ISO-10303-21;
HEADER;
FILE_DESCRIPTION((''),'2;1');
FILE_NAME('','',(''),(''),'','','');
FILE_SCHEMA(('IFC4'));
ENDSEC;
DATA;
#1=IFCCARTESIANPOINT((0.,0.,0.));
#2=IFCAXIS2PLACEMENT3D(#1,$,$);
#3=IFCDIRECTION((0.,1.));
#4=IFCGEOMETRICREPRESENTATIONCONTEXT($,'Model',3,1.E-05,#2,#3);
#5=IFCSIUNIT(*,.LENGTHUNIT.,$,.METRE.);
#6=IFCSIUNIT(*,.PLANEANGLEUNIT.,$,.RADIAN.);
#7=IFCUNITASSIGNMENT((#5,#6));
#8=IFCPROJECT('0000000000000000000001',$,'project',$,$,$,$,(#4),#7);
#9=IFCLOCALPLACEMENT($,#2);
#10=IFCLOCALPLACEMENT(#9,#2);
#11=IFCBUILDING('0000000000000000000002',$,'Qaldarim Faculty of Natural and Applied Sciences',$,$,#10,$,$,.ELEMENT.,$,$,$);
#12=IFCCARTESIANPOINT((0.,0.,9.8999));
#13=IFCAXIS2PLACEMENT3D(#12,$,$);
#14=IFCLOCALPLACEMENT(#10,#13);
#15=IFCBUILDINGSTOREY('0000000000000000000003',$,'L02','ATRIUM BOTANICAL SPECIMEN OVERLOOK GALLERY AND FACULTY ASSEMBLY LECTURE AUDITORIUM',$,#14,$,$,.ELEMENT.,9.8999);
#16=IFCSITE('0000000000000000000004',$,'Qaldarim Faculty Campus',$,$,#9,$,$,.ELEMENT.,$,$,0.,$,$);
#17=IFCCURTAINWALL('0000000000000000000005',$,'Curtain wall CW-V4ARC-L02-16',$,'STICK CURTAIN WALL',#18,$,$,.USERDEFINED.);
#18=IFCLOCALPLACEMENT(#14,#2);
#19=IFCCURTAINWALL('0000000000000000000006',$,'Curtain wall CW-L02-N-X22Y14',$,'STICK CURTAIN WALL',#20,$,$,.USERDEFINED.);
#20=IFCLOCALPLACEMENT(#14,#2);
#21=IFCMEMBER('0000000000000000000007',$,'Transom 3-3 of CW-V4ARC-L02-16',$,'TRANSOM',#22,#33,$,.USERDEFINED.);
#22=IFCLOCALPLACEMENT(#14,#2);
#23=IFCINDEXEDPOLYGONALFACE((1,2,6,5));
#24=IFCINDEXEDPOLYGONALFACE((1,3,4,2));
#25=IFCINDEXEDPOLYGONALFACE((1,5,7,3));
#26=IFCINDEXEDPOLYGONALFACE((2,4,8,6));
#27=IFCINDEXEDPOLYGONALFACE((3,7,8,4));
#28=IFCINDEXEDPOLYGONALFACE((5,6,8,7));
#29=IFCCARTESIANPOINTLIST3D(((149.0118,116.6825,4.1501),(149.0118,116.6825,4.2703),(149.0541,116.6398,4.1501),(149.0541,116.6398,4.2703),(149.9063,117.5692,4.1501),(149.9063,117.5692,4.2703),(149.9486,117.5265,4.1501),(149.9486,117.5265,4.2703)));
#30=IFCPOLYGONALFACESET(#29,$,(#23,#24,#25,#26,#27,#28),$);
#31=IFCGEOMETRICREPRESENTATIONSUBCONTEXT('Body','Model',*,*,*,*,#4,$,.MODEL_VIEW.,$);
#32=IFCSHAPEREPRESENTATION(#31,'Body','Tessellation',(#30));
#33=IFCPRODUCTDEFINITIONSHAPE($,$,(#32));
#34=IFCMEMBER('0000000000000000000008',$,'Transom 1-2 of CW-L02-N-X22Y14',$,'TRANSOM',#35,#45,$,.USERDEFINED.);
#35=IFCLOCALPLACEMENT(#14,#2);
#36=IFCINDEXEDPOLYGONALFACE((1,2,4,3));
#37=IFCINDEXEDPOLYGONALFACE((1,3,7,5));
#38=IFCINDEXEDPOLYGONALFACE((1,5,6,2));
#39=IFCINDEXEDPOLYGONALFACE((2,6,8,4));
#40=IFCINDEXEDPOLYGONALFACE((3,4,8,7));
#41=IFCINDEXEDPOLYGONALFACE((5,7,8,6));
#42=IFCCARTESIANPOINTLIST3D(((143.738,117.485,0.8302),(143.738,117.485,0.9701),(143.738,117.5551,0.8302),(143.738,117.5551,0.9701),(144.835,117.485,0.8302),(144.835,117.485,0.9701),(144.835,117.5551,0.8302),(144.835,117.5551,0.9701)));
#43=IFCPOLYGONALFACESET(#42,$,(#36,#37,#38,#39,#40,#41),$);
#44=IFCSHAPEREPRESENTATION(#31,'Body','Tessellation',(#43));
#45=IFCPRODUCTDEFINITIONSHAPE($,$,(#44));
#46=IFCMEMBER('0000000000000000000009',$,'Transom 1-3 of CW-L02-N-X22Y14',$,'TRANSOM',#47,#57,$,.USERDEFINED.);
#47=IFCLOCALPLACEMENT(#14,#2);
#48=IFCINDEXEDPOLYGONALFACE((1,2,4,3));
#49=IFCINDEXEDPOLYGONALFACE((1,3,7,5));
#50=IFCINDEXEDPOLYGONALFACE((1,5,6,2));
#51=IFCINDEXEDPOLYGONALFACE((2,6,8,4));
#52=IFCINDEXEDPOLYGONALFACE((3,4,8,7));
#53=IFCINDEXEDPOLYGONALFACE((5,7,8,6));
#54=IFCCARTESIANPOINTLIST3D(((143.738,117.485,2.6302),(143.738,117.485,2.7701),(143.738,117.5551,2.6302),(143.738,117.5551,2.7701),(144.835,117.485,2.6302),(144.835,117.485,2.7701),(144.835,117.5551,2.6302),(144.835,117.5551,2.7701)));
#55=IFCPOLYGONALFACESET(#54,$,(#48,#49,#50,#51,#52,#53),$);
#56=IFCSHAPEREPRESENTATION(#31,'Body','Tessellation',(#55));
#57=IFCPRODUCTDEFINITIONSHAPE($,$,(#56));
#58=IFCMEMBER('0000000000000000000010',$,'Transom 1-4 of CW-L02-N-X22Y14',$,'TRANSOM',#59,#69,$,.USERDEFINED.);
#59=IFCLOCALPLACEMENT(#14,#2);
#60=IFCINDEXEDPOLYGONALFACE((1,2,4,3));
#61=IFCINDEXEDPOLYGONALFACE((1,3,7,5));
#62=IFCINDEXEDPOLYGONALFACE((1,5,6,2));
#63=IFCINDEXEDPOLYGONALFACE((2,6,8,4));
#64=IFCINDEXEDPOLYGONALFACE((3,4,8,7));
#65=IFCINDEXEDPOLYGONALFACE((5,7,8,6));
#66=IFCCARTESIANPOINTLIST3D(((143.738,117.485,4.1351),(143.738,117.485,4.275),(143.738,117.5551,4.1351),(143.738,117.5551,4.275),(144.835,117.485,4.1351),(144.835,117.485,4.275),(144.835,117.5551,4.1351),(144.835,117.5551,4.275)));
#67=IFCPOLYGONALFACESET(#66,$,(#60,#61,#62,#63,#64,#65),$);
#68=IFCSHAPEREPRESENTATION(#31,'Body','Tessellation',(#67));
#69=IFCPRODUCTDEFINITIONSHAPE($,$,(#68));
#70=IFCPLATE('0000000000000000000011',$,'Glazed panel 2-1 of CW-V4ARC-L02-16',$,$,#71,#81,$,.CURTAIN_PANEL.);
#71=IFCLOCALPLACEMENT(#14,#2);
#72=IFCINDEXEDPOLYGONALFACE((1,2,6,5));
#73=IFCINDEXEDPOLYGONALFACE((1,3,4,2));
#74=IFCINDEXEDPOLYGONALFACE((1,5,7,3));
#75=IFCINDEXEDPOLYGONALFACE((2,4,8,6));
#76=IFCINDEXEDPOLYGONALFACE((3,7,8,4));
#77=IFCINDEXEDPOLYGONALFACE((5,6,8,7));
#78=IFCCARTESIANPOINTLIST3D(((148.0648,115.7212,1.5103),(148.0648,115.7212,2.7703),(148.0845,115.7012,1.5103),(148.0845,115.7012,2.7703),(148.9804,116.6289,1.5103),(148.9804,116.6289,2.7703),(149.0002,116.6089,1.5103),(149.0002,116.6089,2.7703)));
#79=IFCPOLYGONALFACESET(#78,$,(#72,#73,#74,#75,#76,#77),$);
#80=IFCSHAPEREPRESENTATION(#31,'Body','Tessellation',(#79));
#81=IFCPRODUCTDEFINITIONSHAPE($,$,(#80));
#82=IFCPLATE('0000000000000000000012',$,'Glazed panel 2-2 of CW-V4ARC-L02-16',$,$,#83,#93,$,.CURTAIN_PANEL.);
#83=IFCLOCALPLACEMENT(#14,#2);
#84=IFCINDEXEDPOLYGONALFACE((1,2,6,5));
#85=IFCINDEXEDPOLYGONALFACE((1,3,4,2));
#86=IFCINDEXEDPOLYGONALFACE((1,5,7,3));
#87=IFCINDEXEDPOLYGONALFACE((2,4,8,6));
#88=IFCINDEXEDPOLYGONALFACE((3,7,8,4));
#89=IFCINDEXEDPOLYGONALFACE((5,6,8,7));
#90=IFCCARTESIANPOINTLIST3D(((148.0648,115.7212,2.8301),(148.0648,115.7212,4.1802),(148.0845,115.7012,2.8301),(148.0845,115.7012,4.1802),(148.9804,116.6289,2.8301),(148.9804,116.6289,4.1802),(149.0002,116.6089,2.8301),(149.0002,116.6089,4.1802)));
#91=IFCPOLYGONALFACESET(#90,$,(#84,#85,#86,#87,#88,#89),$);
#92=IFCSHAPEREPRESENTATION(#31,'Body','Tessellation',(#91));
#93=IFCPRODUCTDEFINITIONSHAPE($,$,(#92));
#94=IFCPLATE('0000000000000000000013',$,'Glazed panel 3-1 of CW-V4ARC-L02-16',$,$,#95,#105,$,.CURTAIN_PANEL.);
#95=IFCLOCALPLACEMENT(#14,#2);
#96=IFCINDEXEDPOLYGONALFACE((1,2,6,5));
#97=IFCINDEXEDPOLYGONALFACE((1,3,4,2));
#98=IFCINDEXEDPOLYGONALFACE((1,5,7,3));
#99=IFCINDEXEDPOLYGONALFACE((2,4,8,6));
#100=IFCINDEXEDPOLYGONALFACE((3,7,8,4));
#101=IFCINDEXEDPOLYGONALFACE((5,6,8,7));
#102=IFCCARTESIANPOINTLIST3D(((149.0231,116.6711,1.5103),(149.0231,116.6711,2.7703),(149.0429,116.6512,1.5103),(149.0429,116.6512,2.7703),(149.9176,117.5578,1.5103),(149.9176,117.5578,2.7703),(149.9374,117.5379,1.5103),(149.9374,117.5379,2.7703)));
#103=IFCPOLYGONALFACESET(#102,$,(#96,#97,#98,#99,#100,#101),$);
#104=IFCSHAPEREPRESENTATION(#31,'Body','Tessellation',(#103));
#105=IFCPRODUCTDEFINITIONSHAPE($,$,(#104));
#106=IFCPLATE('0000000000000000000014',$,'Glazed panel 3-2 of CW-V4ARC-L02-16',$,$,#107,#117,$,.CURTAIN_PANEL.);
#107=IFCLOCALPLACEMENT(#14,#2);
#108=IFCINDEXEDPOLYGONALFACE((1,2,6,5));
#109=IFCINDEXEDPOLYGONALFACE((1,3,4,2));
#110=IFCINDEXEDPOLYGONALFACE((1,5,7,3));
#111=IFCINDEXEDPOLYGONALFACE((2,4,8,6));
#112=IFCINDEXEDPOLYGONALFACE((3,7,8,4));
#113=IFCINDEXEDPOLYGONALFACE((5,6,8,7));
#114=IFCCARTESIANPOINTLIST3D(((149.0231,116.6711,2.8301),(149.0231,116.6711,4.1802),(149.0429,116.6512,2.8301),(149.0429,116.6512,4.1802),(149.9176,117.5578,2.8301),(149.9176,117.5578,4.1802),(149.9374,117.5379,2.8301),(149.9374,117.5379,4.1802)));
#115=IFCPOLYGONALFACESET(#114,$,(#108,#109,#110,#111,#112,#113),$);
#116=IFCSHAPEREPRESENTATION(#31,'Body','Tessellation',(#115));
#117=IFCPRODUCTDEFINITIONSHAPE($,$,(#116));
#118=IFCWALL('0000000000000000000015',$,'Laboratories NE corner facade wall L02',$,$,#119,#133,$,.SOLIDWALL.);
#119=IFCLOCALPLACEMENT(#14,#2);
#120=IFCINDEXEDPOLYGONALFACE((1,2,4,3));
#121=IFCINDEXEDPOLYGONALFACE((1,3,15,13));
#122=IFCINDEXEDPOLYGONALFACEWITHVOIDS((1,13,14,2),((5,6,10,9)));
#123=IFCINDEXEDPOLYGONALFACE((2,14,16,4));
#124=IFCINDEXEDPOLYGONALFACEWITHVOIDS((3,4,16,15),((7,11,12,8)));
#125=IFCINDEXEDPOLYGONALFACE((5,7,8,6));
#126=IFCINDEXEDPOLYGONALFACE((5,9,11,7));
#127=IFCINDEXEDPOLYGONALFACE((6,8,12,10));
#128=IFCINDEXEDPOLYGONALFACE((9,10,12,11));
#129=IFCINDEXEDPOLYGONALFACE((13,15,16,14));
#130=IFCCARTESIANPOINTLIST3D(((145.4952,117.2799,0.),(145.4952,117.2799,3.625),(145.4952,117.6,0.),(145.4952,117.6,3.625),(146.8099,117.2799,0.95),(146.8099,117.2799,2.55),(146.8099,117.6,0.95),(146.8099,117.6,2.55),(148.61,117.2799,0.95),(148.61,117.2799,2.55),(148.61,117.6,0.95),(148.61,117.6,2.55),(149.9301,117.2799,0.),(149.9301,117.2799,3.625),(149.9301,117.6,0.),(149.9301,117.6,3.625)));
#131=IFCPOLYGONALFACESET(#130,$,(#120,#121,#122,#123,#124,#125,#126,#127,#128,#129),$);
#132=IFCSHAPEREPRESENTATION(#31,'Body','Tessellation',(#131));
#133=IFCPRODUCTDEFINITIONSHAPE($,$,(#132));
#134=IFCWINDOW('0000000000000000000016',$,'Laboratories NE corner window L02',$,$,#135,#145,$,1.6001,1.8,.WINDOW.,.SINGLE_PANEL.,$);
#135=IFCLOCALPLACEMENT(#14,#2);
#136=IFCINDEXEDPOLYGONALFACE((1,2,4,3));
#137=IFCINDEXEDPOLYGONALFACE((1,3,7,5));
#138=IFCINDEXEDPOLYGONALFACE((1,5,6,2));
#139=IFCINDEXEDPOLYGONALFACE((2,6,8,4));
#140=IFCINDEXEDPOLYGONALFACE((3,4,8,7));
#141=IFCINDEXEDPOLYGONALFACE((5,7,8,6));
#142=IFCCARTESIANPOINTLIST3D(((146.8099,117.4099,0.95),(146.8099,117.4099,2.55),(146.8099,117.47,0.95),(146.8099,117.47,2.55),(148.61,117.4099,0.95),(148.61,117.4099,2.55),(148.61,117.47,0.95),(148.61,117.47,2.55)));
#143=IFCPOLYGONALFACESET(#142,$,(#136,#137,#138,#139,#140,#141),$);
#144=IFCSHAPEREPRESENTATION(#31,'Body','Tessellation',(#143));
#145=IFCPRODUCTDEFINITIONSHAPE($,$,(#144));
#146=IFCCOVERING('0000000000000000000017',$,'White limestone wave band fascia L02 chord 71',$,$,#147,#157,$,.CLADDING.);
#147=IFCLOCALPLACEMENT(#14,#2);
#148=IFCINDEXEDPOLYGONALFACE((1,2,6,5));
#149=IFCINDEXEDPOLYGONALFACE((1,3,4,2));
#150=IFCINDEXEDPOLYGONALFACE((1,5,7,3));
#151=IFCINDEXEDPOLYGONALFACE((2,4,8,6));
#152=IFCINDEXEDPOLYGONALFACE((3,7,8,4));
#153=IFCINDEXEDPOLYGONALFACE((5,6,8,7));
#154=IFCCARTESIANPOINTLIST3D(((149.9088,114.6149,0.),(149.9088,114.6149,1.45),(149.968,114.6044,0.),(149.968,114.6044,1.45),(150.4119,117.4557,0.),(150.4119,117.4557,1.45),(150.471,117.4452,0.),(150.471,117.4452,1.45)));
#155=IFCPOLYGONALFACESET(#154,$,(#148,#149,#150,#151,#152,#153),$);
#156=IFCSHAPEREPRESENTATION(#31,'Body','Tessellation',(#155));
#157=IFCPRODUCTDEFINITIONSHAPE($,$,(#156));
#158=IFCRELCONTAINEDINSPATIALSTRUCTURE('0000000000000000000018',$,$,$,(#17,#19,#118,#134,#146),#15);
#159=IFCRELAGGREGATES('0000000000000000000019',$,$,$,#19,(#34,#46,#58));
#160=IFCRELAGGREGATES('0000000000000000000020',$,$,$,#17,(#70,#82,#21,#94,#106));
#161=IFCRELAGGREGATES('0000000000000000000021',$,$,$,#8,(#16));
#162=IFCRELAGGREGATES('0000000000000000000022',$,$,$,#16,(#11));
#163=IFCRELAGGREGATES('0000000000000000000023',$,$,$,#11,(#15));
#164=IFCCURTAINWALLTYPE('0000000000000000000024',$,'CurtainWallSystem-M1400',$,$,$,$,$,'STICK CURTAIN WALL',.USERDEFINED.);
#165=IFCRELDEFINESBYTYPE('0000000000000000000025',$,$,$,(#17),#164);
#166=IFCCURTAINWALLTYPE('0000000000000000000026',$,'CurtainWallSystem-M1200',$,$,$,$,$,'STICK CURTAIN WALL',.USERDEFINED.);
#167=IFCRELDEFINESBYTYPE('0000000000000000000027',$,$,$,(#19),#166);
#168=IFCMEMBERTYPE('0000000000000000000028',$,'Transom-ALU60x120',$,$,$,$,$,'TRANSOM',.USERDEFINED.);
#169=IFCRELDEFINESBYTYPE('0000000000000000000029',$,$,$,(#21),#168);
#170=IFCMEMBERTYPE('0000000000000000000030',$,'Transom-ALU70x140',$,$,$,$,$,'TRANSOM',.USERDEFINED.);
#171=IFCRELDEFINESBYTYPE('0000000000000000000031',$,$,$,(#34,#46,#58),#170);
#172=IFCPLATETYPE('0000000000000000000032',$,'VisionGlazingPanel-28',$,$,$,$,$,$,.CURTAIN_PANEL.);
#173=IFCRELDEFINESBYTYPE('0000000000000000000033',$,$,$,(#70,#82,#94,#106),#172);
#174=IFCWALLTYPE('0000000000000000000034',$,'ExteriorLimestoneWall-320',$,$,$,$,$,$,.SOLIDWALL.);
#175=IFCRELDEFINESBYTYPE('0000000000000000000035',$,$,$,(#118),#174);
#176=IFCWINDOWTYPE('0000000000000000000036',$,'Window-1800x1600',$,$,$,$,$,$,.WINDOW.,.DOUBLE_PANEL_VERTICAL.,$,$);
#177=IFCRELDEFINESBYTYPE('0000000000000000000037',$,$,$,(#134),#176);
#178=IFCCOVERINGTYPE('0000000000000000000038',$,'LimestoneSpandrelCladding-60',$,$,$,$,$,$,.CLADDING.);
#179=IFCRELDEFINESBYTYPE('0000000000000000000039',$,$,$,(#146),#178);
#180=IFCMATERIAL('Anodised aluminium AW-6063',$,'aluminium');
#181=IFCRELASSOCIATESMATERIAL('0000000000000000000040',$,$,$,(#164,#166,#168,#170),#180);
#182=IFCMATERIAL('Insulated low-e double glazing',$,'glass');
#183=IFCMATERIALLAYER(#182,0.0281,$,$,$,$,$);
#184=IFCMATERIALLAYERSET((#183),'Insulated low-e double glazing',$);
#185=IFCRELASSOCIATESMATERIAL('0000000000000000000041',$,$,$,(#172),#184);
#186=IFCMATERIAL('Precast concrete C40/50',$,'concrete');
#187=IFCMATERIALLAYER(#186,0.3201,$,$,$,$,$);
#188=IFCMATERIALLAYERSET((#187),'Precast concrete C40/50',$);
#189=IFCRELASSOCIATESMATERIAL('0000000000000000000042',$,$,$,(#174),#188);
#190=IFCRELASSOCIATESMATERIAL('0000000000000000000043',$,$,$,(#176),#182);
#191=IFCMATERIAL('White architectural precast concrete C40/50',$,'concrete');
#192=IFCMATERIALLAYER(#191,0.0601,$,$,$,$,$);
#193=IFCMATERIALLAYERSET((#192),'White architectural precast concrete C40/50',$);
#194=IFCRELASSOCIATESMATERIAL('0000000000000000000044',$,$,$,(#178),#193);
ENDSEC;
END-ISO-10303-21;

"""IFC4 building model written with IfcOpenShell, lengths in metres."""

from ifc_helpers import new_model, si_unit, direction, frame, frame_2d, origin, origin_2d, place, context, subcontext, project, spatial, rectangle, extrude, material, layer, layer_set, material_profile, profile_set, type_object, element, fill, aggregate, save


model = new_model("IFC4")

# Units and contexts
model_context = context("Model", 3, precision=1e-05, world=origin(), true_north=direction((0.0, 1.0)))
body_context = subcontext(model_context, "Body", "Model", "MODEL_VIEW")
ifc_project = project(units=[si_unit("LENGTHUNIT", "METRE"), si_unit("PLANEANGLEUNIT", "RADIAN")], contexts=[model_context])

# Site, building, storey
site_placement = place(None, origin())
site = spatial("IfcSite", under=ifc_project, at=site_placement, Name="Qaldarim Faculty Campus", CompositionType="ELEMENT", RefElevation=0.0)
building_placement = place(site_placement, origin())
building = spatial("IfcBuilding", under=site, at=building_placement, Name="Qaldarim Faculty of Natural and Applied Sciences", CompositionType="ELEMENT")
storey_placement = place(building_placement, frame((0.0, 0.0, 9.8999)))
storey = spatial("IfcBuildingStorey", under=building, at=storey_placement, Name="L02", Description="ATRIUM BOTANICAL SPECIMEN OVERLOOK GALLERY AND FACULTY ASSEMBLY LECTURE AUDITORIUM", CompositionType="ELEMENT", Elevation=9.8999)

# Curtain wall
ifc_material_1 = material(Name="Anodised aluminium AW-6063", Category="aluminium")
curtain_wall_type_1 = type_object("IfcCurtainWallType", Name="CurtainWallSystem-M1400", ElementType="STICK CURTAIN WALL", PredefinedType="USERDEFINED", material=ifc_material_1)
curtain_wall_1_placement = place(storey_placement, origin())
curtain_wall_1 = element("IfcCurtainWall", 1, at=curtain_wall_1_placement, inside=storey, type_object=curtain_wall_type_1, Name="Curtain wall CW-V4ARC-L02-16", ObjectType="STICK CURTAIN WALL", PredefinedType="USERDEFINED")

# Curtain wall
curtain_wall_type_2 = type_object("IfcCurtainWallType", Name="CurtainWallSystem-M1200", ElementType="STICK CURTAIN WALL", PredefinedType="USERDEFINED", material=ifc_material_1)
curtain_wall_2_placement = place(storey_placement, origin())
curtain_wall_2 = element("IfcCurtainWall", 2, at=curtain_wall_2_placement, inside=storey, type_object=curtain_wall_type_2, Name="Curtain wall CW-L02-N-X22Y14", ObjectType="STICK CURTAIN WALL", PredefinedType="USERDEFINED")

# Shared definitions
ifc_material_2 = material(Name="Precast concrete C40/50", Category="concrete")

# Members
ifc_material_profile_1 = material_profile(ifc_material_1, rectangle(XDim=0.0601, YDim=0.1201, at=origin_2d()), Name="ALU-T60x120")
ifc_profile_set_1 = profile_set([ifc_material_profile_1], Name="Anodised aluminium AW-6063")
member_type_1 = type_object("IfcMemberType", Name="Transom-ALU60x120", ElementType="TRANSOM", PredefinedType="USERDEFINED", material=ifc_profile_set_1)
member_1_placement = place(storey_placement, frame((149.033, 116.6611, 4.2102), z_axis=(0.710201, 0.703999, 0.0), x_axis=(-0.703999, 0.710201, 0.0)))
member_1 = element("IfcMember", 3, at=member_1_placement, type_object=member_type_1, Name="Transom 3-3 of CW-V4ARC-L02-16", ObjectType="TRANSOM", PredefinedType="USERDEFINED", context=body_context, shape_type="SweptSolid", body=[
    extrude(rectangle(XDim=0.0601, YDim=0.1201, at=origin_2d()), origin(), (0.0, 0.0, 1.0), 1.2595),
])
ifc_material_profile_2 = material_profile(ifc_material_1, rectangle(XDim=0.0701, YDim=0.1399, at=origin_2d()), Name="ALU-T70x140")
ifc_profile_set_2 = profile_set([ifc_material_profile_2], Name="Anodised aluminium AW-6063")
member_type_2 = type_object("IfcMemberType", Name="Transom-ALU70x140", ElementType="TRANSOM", PredefinedType="USERDEFINED", material=ifc_profile_set_2)
member_2_placement = place(storey_placement, frame((144.835, 117.52, 0.9001), z_axis=(-1.0, 0.0, 0.0), x_axis=(0.0, -1.0, 0.0)))
member_2 = element("IfcMember", 4, at=member_2_placement, type_object=member_type_2, Name="Transom 1-2 of CW-L02-N-X22Y14", ObjectType="TRANSOM", PredefinedType="USERDEFINED", context=body_context, shape_type="SweptSolid", body=[
    extrude(rectangle(XDim=0.0701, YDim=0.1399, at=origin_2d()), origin(), (0.0, 0.0, 1.0), 1.0969),
])
member_3_placement = place(storey_placement, frame((144.835, 117.52, 2.7002), z_axis=(-1.0, 0.0, 0.0), x_axis=(0.0, -1.0, 0.0)))
member_3 = element("IfcMember", 5, at=member_3_placement, type_object=member_type_2, Name="Transom 1-3 of CW-L02-N-X22Y14", ObjectType="TRANSOM", PredefinedType="USERDEFINED", context=body_context, shape_type="SweptSolid", body=[
    extrude(rectangle(XDim=0.0701, YDim=0.1399, at=origin_2d()), origin(), (0.0, 0.0, 1.0), 1.0969),
])
member_4_placement = place(storey_placement, frame((144.835, 117.52, 4.2051), z_axis=(-1.0, 0.0, 0.0), x_axis=(0.0, -1.0, 0.0)))
member_4 = element("IfcMember", 6, at=member_4_placement, type_object=member_type_2, Name="Transom 1-4 of CW-L02-N-X22Y14", ObjectType="TRANSOM", PredefinedType="USERDEFINED", context=body_context, shape_type="SweptSolid", body=[
    extrude(rectangle(XDim=0.0701, YDim=0.1399, at=origin_2d()), origin(), (0.0, 0.0, 1.0), 1.0969),
])
aggregate(curtain_wall_2, [member_2, member_3, member_4])

# Plates
ifc_material_3 = material(Name="Insulated low-e double glazing", Category="glass")
ifc_layer_1 = layer(ifc_material_3, 0.0281)
ifc_layer_set_1 = layer_set([ifc_layer_1], Name="Insulated low-e double glazing")
plate_type = type_object("IfcPlateType", Name="VisionGlazingPanel-28", PredefinedType="CURTAIN_PANEL", material=ifc_layer_set_1)
plate_1_placement = place(storey_placement, frame((148.5325, 116.165, 1.5103), z_axis=(0.0, 0.0, 1.0), x_axis=(0.710185, 0.704015, 0.0)))
plate_1 = element("IfcPlate", 7, at=plate_1_placement, type_object=plate_type, Name="Glazed panel 2-1 of CW-V4ARC-L02-16", PredefinedType="CURTAIN_PANEL", context=body_context, shape_type="SweptSolid", body=[
    extrude(rectangle(XDim=1.2893, YDim=0.0281, at=origin_2d()), origin(), (0.0, 0.0, 1.0), 1.26),
])
plate_2_placement = place(storey_placement, frame((148.5325, 116.165, 2.8301), z_axis=(0.0, 0.0, 1.0), x_axis=(0.710185, 0.704015, 0.0)))
plate_2 = element("IfcPlate", 8, at=plate_2_placement, type_object=plate_type, Name="Glazed panel 2-2 of CW-V4ARC-L02-16", PredefinedType="CURTAIN_PANEL", context=body_context, shape_type="SweptSolid", body=[
    extrude(rectangle(XDim=1.2893, YDim=0.0281, at=origin_2d()), origin(), (0.0, 0.0, 1.0), 1.3501),
])
plate_3_placement = place(storey_placement, frame((149.4802, 117.1045, 1.5103), z_axis=(0.0, 0.0, 1.0), x_axis=(0.710185, 0.704015, 0.0)))
plate_3 = element("IfcPlate", 9, at=plate_3_placement, type_object=plate_type, Name="Glazed panel 3-1 of CW-V4ARC-L02-16", PredefinedType="CURTAIN_PANEL", context=body_context, shape_type="SweptSolid", body=[
    extrude(rectangle(XDim=1.2595, YDim=0.0281, at=origin_2d()), origin(), (0.0, 0.0, 1.0), 1.26),
])
plate_4_placement = place(storey_placement, frame((149.4802, 117.1045, 2.8301), z_axis=(0.0, 0.0, 1.0), x_axis=(0.710185, 0.704015, 0.0)))
plate_4 = element("IfcPlate", 10, at=plate_4_placement, type_object=plate_type, Name="Glazed panel 3-2 of CW-V4ARC-L02-16", PredefinedType="CURTAIN_PANEL", context=body_context, shape_type="SweptSolid", body=[
    extrude(rectangle(XDim=1.2595, YDim=0.0281, at=origin_2d()), origin(), (0.0, 0.0, 1.0), 1.3501),
])
aggregate(curtain_wall_1, [plate_1, plate_2, member_1, plate_3, plate_4])

# Wall, opening, window
ifc_layer_2 = layer(ifc_material_2, 0.3201)
ifc_layer_set_2 = layer_set([ifc_layer_2], Name="Precast concrete C40/50")
wall_type = type_object("IfcWallType", Name="ExteriorLimestoneWall-320", PredefinedType="SOLIDWALL", material=ifc_layer_set_2)
wall_placement = place(storey_placement, frame((149.9299, 117.4399, 0.0), z_axis=(0.0, 0.0, 1.0), x_axis=(-1.0, 0.0, 0.0)))
wall = element("IfcWall", 11, at=wall_placement, inside=storey, type_object=wall_type, Name="Laboratories NE corner facade wall L02", PredefinedType="SOLIDWALL", context=body_context, shape_type="SweptSolid", body=[
    extrude(rectangle(XDim=4.4348, YDim=0.3201, at=frame_2d((2.2173, 0.0))), origin(), (0.0, 0.0, 1.0), 3.625),
])
opening_placement = place(wall_placement, frame((1.3201, 0.0, 0.95)))
opening = element("IfcOpeningElement", 12, at=opening_placement, cuts=wall, PredefinedType="OPENING", context=body_context, shape_type="SweptSolid", body=[
    extrude(rectangle(XDim=1.8, YDim=1.6001, at=frame_2d((0.8999, 0.8))), frame((0.0, 0.1699, 0.0), z_axis=(0.0, -1.0, 0.0), x_axis=(1.0, 0.0, 0.0)), (0.0, 0.0, 1.0), 0.3401),
])
window_type = type_object("IfcWindowType", Name="Window-1800x1600", PartitioningType="DOUBLE_PANEL_VERTICAL", PredefinedType="WINDOW", material=ifc_material_3)
window_placement = place(opening_placement, origin())
window = element("IfcWindow", 13, at=window_placement, inside=storey, type_object=window_type, Name="Laboratories NE corner window L02", OverallHeight=1.6001, OverallWidth=1.8, PartitioningType="SINGLE_PANEL", PredefinedType="WINDOW", context=body_context, shape_type="SweptSolid", body=[
    extrude(rectangle(XDim=1.8, YDim=1.6001, at=frame_2d((0.8999, 0.8))), frame((0.0, 0.03, 0.0), z_axis=(0.0, -1.0, 0.0), x_axis=(1.0, 0.0, 0.0)), (0.0, 0.0, 1.0), 0.0601),
])
fill(opening, window)

# Covering
ifc_material_4 = material(Name="White architectural precast concrete C40/50", Category="concrete")
ifc_layer_3 = layer(ifc_material_4, 0.0601)
ifc_layer_set_3 = layer_set([ifc_layer_3], Name="White architectural precast concrete C40/50")
covering_type = type_object("IfcCoveringType", Name="LimestoneSpandrelCladding-60", PredefinedType="CLADDING", material=ifc_layer_set_3)
covering_placement = place(storey_placement, frame((150.1899, 116.03, 0.0), z_axis=(0.0, 0.0, 1.0), x_axis=(0.17437, 0.98468, 0.0)))
element("IfcCovering", 14, at=covering_placement, inside=storey, type_object=covering_type, Name="White limestone wave band fascia L02 chord 71", PredefinedType="CLADDING", context=body_context, shape_type="SweptSolid", body=[
    extrude(rectangle(XDim=2.885, YDim=0.0601, at=origin_2d()), origin(), (0.0, 0.0, 1.0), 1.45),
])

save(model, "model.ifc")
